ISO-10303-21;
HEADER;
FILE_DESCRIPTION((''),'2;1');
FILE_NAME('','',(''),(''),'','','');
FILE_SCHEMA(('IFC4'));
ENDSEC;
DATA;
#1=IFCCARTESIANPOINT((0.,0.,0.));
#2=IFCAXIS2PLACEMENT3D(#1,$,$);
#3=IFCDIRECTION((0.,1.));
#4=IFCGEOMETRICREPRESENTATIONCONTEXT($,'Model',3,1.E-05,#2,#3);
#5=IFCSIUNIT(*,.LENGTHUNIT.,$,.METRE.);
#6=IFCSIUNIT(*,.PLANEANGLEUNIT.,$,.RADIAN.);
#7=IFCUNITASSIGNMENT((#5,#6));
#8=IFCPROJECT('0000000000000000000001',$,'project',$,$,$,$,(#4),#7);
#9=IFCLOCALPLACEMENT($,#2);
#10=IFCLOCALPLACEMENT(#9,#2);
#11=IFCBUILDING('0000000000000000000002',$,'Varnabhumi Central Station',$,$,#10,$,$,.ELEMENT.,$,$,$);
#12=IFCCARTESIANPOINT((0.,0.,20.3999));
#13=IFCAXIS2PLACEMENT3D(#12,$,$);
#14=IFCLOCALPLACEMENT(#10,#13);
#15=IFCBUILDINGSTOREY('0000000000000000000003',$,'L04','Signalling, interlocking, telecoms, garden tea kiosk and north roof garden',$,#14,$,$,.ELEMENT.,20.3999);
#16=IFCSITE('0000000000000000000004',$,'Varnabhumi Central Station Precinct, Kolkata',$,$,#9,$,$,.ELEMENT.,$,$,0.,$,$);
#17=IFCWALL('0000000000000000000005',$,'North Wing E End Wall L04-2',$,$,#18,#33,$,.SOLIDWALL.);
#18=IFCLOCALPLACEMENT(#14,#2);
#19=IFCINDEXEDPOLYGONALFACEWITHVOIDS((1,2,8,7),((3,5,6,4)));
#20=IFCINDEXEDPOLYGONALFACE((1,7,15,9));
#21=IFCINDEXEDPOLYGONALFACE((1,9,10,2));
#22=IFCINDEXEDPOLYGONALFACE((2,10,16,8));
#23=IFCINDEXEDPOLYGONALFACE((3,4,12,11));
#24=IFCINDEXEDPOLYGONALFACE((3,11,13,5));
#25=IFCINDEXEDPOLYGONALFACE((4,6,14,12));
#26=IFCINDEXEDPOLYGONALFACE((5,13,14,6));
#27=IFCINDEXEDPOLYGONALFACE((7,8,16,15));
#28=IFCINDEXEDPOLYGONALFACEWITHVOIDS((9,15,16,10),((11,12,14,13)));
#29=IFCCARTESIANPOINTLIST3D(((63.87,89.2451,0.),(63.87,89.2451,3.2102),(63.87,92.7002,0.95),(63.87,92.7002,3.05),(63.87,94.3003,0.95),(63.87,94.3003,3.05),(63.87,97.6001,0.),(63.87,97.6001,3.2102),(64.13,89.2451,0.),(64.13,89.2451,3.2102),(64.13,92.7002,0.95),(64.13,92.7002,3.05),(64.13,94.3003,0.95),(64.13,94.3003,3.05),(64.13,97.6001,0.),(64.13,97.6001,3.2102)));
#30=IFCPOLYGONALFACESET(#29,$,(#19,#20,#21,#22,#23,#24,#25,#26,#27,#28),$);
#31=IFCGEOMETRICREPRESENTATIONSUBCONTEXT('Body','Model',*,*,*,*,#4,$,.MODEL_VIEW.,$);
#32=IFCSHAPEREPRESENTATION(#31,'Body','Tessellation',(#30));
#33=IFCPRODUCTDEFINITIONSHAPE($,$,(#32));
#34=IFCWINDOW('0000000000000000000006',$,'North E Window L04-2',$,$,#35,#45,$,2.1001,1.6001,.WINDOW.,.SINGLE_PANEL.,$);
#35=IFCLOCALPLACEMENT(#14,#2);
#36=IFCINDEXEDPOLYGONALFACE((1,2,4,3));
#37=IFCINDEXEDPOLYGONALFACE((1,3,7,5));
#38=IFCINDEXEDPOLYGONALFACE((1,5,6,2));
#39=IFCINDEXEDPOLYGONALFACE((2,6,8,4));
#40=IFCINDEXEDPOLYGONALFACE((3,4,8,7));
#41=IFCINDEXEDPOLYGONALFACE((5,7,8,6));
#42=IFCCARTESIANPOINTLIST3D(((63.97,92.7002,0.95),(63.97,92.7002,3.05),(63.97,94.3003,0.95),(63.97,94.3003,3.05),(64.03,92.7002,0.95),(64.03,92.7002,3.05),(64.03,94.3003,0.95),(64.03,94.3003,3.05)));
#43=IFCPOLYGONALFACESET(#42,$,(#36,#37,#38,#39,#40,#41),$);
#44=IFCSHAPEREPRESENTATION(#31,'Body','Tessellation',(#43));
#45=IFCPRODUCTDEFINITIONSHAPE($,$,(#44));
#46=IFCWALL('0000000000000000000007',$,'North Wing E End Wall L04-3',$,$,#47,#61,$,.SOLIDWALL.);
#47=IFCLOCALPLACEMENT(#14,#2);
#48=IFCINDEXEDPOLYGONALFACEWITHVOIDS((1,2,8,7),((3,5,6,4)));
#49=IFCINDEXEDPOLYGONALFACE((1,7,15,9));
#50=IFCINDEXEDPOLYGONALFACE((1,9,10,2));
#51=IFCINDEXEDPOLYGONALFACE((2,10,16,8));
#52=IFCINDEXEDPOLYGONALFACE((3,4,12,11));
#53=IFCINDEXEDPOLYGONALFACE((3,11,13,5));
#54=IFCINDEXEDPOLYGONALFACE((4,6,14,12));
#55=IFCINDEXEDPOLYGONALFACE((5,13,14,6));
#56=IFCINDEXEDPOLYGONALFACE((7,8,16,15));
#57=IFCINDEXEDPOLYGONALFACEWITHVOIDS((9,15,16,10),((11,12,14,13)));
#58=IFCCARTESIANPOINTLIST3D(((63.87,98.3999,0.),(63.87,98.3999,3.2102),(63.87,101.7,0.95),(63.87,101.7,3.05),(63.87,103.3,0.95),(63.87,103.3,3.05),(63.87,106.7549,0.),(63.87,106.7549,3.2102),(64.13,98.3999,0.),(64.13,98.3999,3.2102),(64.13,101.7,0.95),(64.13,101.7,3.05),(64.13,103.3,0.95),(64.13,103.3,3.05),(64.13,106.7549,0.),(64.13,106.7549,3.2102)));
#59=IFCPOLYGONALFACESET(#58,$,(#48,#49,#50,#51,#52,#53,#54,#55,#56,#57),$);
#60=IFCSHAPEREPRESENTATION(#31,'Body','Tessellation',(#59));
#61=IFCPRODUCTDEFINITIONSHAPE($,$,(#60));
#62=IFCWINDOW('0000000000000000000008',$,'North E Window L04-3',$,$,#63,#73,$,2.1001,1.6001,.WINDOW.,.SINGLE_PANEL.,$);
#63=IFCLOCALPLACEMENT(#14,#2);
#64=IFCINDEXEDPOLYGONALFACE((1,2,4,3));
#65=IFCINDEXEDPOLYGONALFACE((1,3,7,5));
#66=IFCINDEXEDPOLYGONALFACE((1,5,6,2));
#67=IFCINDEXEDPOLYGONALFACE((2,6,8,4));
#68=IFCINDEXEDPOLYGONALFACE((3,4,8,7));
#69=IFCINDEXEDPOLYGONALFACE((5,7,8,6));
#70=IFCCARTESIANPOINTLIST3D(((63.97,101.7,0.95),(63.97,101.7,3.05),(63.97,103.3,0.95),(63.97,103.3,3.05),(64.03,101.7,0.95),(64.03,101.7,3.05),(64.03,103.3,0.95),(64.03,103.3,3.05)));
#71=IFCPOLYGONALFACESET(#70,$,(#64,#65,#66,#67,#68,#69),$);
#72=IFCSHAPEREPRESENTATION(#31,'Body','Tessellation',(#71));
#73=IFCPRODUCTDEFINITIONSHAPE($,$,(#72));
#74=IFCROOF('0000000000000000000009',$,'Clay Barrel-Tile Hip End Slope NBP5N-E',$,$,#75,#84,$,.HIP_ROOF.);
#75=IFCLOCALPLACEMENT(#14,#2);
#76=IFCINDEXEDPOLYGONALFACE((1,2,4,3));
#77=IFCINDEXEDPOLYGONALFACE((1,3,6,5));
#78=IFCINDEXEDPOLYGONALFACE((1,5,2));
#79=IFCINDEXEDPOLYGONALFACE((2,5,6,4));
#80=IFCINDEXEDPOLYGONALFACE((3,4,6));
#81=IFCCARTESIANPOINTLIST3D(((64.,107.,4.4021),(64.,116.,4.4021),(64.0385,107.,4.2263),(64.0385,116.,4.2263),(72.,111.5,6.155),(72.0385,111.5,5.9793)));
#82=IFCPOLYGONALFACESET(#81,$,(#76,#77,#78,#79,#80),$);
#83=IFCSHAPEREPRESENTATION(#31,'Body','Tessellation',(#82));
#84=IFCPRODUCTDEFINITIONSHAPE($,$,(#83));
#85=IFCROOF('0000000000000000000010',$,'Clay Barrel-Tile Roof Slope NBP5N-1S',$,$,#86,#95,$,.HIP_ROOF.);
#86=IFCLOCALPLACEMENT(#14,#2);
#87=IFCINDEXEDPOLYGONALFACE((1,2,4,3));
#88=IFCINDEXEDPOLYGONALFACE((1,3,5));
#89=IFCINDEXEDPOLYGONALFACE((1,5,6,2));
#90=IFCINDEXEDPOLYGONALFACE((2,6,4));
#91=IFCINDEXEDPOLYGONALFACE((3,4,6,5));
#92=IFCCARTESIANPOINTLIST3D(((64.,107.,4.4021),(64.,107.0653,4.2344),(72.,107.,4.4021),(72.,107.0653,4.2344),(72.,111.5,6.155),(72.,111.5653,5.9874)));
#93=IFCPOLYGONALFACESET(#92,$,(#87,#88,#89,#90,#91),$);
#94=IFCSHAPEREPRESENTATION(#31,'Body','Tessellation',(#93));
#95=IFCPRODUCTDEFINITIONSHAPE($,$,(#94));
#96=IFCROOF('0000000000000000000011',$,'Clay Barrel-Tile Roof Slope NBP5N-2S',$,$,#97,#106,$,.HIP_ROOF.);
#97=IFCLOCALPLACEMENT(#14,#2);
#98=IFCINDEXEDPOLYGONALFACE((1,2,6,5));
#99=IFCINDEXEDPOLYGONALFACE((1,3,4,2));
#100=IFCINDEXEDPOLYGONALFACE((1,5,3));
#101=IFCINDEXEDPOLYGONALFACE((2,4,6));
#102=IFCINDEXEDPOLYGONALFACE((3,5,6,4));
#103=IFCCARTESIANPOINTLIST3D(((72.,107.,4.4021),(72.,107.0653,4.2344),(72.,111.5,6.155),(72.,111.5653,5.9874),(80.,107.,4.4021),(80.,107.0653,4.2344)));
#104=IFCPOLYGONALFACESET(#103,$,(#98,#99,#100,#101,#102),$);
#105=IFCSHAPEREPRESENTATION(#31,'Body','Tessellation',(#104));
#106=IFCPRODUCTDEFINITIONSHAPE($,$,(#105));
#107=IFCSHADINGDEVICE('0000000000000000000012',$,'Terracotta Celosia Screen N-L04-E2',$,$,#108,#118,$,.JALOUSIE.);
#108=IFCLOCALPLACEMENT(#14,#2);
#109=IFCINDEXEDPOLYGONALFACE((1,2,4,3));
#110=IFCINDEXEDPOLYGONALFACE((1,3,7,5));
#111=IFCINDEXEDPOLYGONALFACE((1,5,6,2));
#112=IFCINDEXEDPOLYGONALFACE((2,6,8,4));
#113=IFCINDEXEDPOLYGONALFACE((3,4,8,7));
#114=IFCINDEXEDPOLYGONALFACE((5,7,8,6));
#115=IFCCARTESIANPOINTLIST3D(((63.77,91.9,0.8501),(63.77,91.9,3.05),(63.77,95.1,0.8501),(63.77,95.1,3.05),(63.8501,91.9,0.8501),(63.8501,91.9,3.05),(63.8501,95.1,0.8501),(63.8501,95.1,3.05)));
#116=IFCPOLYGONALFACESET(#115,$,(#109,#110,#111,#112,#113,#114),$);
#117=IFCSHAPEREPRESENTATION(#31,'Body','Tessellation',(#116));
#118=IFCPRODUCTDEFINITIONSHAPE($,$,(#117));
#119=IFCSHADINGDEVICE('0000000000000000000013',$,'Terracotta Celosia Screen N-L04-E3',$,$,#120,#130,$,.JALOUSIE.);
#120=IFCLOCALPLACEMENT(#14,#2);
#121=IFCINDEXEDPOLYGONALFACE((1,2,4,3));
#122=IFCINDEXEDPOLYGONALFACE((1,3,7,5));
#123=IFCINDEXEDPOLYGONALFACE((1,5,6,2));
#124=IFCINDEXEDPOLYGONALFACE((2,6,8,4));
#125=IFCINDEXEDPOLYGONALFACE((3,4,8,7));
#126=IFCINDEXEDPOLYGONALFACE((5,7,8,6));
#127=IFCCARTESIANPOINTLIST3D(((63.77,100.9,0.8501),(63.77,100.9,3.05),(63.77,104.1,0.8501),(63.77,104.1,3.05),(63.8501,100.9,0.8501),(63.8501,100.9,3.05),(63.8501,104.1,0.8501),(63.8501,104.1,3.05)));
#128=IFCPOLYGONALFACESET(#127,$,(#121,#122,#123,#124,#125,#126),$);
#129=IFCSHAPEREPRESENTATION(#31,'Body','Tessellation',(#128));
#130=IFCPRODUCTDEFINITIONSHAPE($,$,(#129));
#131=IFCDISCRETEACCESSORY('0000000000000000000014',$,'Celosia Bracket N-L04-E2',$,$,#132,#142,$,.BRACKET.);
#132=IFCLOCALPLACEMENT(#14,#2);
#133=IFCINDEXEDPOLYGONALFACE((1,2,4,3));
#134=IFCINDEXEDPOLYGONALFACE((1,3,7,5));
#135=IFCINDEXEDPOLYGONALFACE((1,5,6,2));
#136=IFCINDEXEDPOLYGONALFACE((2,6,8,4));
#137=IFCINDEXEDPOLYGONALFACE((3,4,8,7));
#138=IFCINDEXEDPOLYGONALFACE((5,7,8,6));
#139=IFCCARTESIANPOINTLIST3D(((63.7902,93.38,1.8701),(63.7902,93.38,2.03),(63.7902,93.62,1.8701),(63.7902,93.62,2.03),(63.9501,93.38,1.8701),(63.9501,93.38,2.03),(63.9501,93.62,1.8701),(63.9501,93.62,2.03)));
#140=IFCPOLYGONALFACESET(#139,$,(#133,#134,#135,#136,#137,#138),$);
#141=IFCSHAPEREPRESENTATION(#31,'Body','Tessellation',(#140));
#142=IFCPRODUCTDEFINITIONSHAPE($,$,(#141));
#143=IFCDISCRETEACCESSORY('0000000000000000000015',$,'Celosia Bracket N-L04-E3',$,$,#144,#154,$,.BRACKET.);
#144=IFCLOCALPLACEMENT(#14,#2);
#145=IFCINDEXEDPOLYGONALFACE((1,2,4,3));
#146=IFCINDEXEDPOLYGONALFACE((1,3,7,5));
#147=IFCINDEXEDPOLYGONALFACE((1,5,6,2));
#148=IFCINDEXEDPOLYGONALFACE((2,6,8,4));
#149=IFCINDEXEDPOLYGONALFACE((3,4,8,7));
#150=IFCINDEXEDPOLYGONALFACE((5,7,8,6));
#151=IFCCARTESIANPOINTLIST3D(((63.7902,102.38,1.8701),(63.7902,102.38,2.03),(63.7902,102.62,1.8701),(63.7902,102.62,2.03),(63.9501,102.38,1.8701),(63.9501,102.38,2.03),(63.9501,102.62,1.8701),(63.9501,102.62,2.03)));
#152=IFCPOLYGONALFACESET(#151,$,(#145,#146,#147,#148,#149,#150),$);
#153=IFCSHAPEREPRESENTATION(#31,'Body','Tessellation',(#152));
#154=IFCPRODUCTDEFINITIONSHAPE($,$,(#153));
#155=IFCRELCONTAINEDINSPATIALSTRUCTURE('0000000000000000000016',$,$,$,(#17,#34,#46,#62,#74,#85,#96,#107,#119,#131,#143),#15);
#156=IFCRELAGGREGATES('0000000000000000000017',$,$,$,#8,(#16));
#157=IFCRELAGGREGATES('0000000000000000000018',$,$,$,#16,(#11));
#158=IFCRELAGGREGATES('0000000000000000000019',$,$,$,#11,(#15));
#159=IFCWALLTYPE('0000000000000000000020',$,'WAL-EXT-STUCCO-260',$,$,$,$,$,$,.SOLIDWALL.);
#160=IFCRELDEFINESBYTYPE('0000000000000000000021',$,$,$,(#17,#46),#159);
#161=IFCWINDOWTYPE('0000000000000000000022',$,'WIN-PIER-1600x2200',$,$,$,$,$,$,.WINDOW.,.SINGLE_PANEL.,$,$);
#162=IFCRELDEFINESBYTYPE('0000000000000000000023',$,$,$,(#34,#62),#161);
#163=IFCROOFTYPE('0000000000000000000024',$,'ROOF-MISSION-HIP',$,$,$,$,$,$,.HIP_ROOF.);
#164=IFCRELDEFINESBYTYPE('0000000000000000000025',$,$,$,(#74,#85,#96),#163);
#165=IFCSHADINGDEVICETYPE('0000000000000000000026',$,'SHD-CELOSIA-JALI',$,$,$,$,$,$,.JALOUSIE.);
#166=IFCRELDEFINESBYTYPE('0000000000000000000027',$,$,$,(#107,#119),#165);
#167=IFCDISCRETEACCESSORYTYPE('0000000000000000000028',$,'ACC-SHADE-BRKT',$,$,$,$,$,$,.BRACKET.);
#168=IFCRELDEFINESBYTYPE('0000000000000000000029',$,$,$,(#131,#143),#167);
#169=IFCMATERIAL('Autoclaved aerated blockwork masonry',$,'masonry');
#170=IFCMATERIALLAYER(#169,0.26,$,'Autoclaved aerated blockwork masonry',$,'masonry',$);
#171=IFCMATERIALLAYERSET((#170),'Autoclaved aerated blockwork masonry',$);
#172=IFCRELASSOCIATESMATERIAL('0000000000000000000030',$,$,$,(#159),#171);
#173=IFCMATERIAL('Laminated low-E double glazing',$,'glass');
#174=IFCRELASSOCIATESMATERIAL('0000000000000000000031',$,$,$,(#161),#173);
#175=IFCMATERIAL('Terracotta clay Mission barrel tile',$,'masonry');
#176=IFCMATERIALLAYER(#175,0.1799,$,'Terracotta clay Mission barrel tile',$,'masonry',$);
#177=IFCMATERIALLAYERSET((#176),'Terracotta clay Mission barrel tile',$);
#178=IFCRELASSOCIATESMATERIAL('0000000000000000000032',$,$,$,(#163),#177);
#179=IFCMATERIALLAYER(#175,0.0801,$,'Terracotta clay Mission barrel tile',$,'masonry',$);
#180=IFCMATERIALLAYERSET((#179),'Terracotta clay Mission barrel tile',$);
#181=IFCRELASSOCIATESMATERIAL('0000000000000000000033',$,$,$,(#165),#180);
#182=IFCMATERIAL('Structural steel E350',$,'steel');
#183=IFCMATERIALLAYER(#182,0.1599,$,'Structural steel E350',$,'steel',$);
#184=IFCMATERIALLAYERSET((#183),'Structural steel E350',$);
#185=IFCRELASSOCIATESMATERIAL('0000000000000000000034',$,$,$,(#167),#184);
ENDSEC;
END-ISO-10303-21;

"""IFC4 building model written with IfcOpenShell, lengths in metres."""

from ifc_helpers import new_model, si_unit, direction, frame, frame_2d, origin, origin_2d, place, context, subcontext, project, spatial, polyline, rectangle, outline, extrude, material, layer, layer_set, type_object, element, fill, save


model = new_model("IFC4")

# Units and contexts
model_context = context("Model", 3, precision=1e-05, world=origin(), true_north=direction((0.0, 1.0)))
body_context = subcontext(model_context, "Body", "Model", "MODEL_VIEW")
ifc_project = project(units=[si_unit("LENGTHUNIT", "METRE"), si_unit("PLANEANGLEUNIT", "RADIAN")], contexts=[model_context])

# Site, building, storey
site_placement = place(None, origin())
site = spatial("IfcSite", under=ifc_project, at=site_placement, Name="Varnabhumi Central Station Precinct, Kolkata", CompositionType="ELEMENT", RefElevation=0.0)
building_placement = place(site_placement, origin())
building = spatial("IfcBuilding", under=site, at=building_placement, Name="Varnabhumi Central Station", CompositionType="ELEMENT")
storey_placement = place(building_placement, frame((0.0, 0.0, 20.3999)))
storey = spatial("IfcBuildingStorey", under=building, at=storey_placement, Name="L04", Description="Signalling, interlocking, telecoms, garden tea kiosk and north roof garden", CompositionType="ELEMENT", Elevation=20.3999)

# Shared definitions
ifc_material_1 = material(Name="Structural steel E350", Category="steel")

# Shared definitions
ifc_material_2 = material(Name="Laminated low-E double glazing", Category="glass")

# Walls, openings, windows
ifc_material_3 = material(Name="Autoclaved aerated blockwork masonry", Category="masonry")
ifc_layer_1 = layer(ifc_material_3, 0.26, Name="Autoclaved aerated blockwork masonry", Category="masonry")
ifc_layer_set_1 = layer_set([ifc_layer_1], Name="Autoclaved aerated blockwork masonry")
wall_type = type_object("IfcWallType", Name="WAL-EXT-STUCCO-260", PredefinedType="SOLIDWALL", material=ifc_layer_set_1)
wall_1_placement = place(storey_placement, frame((64.0, 89.2451, 0.0), z_axis=(0.0, 0.0, 1.0), x_axis=(0.0, 1.0, 0.0)))
wall_1 = element("IfcWall", 1, at=wall_1_placement, inside=storey, type_object=wall_type, Name="North Wing E End Wall L04-2", PredefinedType="SOLIDWALL", context=body_context, shape_type="SweptSolid", body=[
    extrude(rectangle(XDim=8.355, YDim=0.26, at=frame_2d((4.1775, 0.0))), origin(), (0.0, 0.0, 1.0), 3.2102),
])
opening_1_placement = place(wall_1_placement, frame((3.4551, 0.0, 0.95)))
opening_1 = element("IfcOpeningElement", 2, at=opening_1_placement, cuts=wall_1, PredefinedType="OPENING", context=body_context, shape_type="SweptSolid", body=[
    extrude(rectangle(XDim=1.6001, YDim=2.1001, at=frame_2d((0.8, 1.05))), frame((0.0, 0.1399, 0.0), z_axis=(0.0, -1.0, 0.0), x_axis=(1.0, 0.0, 0.0)), (0.0, 0.0, 1.0), 0.28),
])
window_type = type_object("IfcWindowType", Name="WIN-PIER-1600x2200", PartitioningType="SINGLE_PANEL", PredefinedType="WINDOW", material=ifc_material_2)
window_1_placement = place(opening_1_placement, origin())
window_1 = element("IfcWindow", 3, at=window_1_placement, inside=storey, type_object=window_type, Name="North E Window L04-2", OverallHeight=2.1001, OverallWidth=1.6001, PartitioningType="SINGLE_PANEL", PredefinedType="WINDOW", context=body_context, shape_type="SweptSolid", body=[
    extrude(rectangle(XDim=1.6001, YDim=2.1001, at=frame_2d((0.8, 1.05))), frame((0.0, 0.03, 0.0), z_axis=(0.0, -1.0, 0.0), x_axis=(1.0, 0.0, 0.0)), (0.0, 0.0, 1.0), 0.0601),
])
fill(opening_1, window_1)
wall_2_placement = place(storey_placement, frame((64.0, 98.3999, 0.0), z_axis=(0.0, 0.0, 1.0), x_axis=(0.0, 1.0, 0.0)))
wall_2 = element("IfcWall", 4, at=wall_2_placement, inside=storey, type_object=wall_type, Name="North Wing E End Wall L04-3", PredefinedType="SOLIDWALL", context=body_context, shape_type="SweptSolid", body=[
    extrude(rectangle(XDim=8.355, YDim=0.26, at=frame_2d((4.1775, 0.0))), origin(), (0.0, 0.0, 1.0), 3.2102),
])
opening_2_placement = place(wall_2_placement, frame((3.3, 0.0, 0.95)))
opening_2 = element("IfcOpeningElement", 5, at=opening_2_placement, cuts=wall_2, PredefinedType="OPENING", context=body_context, shape_type="SweptSolid", body=[
    extrude(rectangle(XDim=1.6001, YDim=2.1001, at=frame_2d((0.8, 1.05))), frame((0.0, 0.1399, 0.0), z_axis=(0.0, -1.0, 0.0), x_axis=(1.0, 0.0, 0.0)), (0.0, 0.0, 1.0), 0.28),
])
window_2_placement = place(opening_2_placement, origin())
window_2 = element("IfcWindow", 6, at=window_2_placement, inside=storey, type_object=window_type, Name="North E Window L04-3", OverallHeight=2.1001, OverallWidth=1.6001, PartitioningType="SINGLE_PANEL", PredefinedType="WINDOW", context=body_context, shape_type="SweptSolid", body=[
    extrude(rectangle(XDim=1.6001, YDim=2.1001, at=frame_2d((0.8, 1.05))), frame((0.0, 0.03, 0.0), z_axis=(0.0, -1.0, 0.0), x_axis=(1.0, 0.0, 0.0)), (0.0, 0.0, 1.0), 0.0601),
])
fill(opening_2, window_2)

# Roofs
ifc_material_4 = material(Name="Terracotta clay Mission barrel tile", Category="masonry")
ifc_layer_2 = layer(ifc_material_4, 0.1799, Name="Terracotta clay Mission barrel tile", Category="masonry")
ifc_layer_set_2 = layer_set([ifc_layer_2], Name="Terracotta clay Mission barrel tile")
roof_type = type_object("IfcRoofType", Name="ROOF-MISSION-HIP", PredefinedType="HIP_ROOF", material=ifc_layer_set_2)
roof_1_placement = place(storey_placement, frame((64.0, 107.0, 4.4021), z_axis=(-0.214038, 0.0, 0.976825), x_axis=(0.0, 1.0, 0.0)))
element("IfcRoof", 7, at=roof_1_placement, inside=storey, type_object=roof_type, Name="Clay Barrel-Tile Hip End Slope NBP5N-E", PredefinedType="HIP_ROOF", context=body_context, shape_type="SweptSolid", body=[
    extrude(outline(polyline([(0.0, 0.0), (9.0, 0.0), (4.5, -8.1898), (0.0, 0.0)])), origin(), (0.0, 0.0, -1.0), 0.1799),
])
roof_2_placement = place(storey_placement, frame((64.0, 107.0, 4.4021), z_axis=(0.0, -0.362973, 0.9318), x_axis=(1.0, 0.0, 0.0)))
element("IfcRoof", 8, at=roof_2_placement, inside=storey, type_object=roof_type, Name="Clay Barrel-Tile Roof Slope NBP5N-1S", PredefinedType="HIP_ROOF", context=body_context, shape_type="SweptSolid", body=[
    extrude(outline(polyline([(0.0, 0.0), (8.0, 0.0), (8.0, 4.8294), (0.0, 0.0)])), origin(), (0.0, 0.0, -1.0), 0.1799),
])
roof_3_placement = place(storey_placement, frame((72.0, 107.0, 4.4021), z_axis=(0.0, -0.362973, 0.9318), x_axis=(1.0, 0.0, 0.0)))
element("IfcRoof", 9, at=roof_3_placement, inside=storey, type_object=roof_type, Name="Clay Barrel-Tile Roof Slope NBP5N-2S", PredefinedType="HIP_ROOF", context=body_context, shape_type="SweptSolid", body=[
    extrude(outline(polyline([(0.0, 0.0), (8.0, 0.0), (0.0, 4.8294), (0.0, 0.0)])), origin(), (0.0, 0.0, -1.0), 0.1799),
])

# Shading devices
ifc_layer_3 = layer(ifc_material_4, 0.0801, Name="Terracotta clay Mission barrel tile", Category="masonry")
ifc_layer_set_3 = layer_set([ifc_layer_3], Name="Terracotta clay Mission barrel tile")
shading_device_type = type_object("IfcShadingDeviceType", Name="SHD-CELOSIA-JALI", PredefinedType="JALOUSIE", material=ifc_layer_set_3)
for number, where, z_axis, x_axis, name in (
    (10, (63.8101, 93.5, 0.8501), (0.0, 0.0, 1.0), (1.0, 0.0, 0.0), "Terracotta Celosia Screen N-L04-E2"),
    (11, (63.8101, 102.5, 0.8501), (0.0, 0.0, 1.0), (1.0, 0.0, 0.0), "Terracotta Celosia Screen N-L04-E3"),
):
    element("IfcShadingDevice", number, at=place(storey_placement, frame(where, z_axis=z_axis, x_axis=x_axis)), inside=storey, type_object=shading_device_type, Name=name, PredefinedType="JALOUSIE", context=body_context, shape_type="SweptSolid", body=[
        extrude(rectangle(XDim=0.0801, YDim=3.2, at=origin_2d()), origin(), (0.0, 0.0, 1.0), 2.2),
    ])

# Discrete accessories
ifc_layer_4 = layer(ifc_material_1, 0.1599, Name="Structural steel E350", Category="steel")
ifc_layer_set_4 = layer_set([ifc_layer_4], Name="Structural steel E350")
discrete_accessory_type = type_object("IfcDiscreteAccessoryType", Name="ACC-SHADE-BRKT", PredefinedType="BRACKET", material=ifc_layer_set_4)
for number, where, z_axis, x_axis, name in (
    (12, (63.8701, 93.5, 1.8701), (0.0, 0.0, 1.0), (1.0, 0.0, 0.0), "Celosia Bracket N-L04-E2"),
    (13, (63.8701, 102.5, 1.8701), (0.0, 0.0, 1.0), (1.0, 0.0, 0.0), "Celosia Bracket N-L04-E3"),
):
    element("IfcDiscreteAccessory", number, at=place(storey_placement, frame(where, z_axis=z_axis, x_axis=x_axis)), inside=storey, type_object=discrete_accessory_type, Name=name, PredefinedType="BRACKET", context=body_context, shape_type="SweptSolid", body=[
        extrude(rectangle(XDim=0.1599, YDim=0.24, at=origin_2d()), origin(), (0.0, 0.0, 1.0), 0.1599),
    ])

save(model, "model.ifc")
